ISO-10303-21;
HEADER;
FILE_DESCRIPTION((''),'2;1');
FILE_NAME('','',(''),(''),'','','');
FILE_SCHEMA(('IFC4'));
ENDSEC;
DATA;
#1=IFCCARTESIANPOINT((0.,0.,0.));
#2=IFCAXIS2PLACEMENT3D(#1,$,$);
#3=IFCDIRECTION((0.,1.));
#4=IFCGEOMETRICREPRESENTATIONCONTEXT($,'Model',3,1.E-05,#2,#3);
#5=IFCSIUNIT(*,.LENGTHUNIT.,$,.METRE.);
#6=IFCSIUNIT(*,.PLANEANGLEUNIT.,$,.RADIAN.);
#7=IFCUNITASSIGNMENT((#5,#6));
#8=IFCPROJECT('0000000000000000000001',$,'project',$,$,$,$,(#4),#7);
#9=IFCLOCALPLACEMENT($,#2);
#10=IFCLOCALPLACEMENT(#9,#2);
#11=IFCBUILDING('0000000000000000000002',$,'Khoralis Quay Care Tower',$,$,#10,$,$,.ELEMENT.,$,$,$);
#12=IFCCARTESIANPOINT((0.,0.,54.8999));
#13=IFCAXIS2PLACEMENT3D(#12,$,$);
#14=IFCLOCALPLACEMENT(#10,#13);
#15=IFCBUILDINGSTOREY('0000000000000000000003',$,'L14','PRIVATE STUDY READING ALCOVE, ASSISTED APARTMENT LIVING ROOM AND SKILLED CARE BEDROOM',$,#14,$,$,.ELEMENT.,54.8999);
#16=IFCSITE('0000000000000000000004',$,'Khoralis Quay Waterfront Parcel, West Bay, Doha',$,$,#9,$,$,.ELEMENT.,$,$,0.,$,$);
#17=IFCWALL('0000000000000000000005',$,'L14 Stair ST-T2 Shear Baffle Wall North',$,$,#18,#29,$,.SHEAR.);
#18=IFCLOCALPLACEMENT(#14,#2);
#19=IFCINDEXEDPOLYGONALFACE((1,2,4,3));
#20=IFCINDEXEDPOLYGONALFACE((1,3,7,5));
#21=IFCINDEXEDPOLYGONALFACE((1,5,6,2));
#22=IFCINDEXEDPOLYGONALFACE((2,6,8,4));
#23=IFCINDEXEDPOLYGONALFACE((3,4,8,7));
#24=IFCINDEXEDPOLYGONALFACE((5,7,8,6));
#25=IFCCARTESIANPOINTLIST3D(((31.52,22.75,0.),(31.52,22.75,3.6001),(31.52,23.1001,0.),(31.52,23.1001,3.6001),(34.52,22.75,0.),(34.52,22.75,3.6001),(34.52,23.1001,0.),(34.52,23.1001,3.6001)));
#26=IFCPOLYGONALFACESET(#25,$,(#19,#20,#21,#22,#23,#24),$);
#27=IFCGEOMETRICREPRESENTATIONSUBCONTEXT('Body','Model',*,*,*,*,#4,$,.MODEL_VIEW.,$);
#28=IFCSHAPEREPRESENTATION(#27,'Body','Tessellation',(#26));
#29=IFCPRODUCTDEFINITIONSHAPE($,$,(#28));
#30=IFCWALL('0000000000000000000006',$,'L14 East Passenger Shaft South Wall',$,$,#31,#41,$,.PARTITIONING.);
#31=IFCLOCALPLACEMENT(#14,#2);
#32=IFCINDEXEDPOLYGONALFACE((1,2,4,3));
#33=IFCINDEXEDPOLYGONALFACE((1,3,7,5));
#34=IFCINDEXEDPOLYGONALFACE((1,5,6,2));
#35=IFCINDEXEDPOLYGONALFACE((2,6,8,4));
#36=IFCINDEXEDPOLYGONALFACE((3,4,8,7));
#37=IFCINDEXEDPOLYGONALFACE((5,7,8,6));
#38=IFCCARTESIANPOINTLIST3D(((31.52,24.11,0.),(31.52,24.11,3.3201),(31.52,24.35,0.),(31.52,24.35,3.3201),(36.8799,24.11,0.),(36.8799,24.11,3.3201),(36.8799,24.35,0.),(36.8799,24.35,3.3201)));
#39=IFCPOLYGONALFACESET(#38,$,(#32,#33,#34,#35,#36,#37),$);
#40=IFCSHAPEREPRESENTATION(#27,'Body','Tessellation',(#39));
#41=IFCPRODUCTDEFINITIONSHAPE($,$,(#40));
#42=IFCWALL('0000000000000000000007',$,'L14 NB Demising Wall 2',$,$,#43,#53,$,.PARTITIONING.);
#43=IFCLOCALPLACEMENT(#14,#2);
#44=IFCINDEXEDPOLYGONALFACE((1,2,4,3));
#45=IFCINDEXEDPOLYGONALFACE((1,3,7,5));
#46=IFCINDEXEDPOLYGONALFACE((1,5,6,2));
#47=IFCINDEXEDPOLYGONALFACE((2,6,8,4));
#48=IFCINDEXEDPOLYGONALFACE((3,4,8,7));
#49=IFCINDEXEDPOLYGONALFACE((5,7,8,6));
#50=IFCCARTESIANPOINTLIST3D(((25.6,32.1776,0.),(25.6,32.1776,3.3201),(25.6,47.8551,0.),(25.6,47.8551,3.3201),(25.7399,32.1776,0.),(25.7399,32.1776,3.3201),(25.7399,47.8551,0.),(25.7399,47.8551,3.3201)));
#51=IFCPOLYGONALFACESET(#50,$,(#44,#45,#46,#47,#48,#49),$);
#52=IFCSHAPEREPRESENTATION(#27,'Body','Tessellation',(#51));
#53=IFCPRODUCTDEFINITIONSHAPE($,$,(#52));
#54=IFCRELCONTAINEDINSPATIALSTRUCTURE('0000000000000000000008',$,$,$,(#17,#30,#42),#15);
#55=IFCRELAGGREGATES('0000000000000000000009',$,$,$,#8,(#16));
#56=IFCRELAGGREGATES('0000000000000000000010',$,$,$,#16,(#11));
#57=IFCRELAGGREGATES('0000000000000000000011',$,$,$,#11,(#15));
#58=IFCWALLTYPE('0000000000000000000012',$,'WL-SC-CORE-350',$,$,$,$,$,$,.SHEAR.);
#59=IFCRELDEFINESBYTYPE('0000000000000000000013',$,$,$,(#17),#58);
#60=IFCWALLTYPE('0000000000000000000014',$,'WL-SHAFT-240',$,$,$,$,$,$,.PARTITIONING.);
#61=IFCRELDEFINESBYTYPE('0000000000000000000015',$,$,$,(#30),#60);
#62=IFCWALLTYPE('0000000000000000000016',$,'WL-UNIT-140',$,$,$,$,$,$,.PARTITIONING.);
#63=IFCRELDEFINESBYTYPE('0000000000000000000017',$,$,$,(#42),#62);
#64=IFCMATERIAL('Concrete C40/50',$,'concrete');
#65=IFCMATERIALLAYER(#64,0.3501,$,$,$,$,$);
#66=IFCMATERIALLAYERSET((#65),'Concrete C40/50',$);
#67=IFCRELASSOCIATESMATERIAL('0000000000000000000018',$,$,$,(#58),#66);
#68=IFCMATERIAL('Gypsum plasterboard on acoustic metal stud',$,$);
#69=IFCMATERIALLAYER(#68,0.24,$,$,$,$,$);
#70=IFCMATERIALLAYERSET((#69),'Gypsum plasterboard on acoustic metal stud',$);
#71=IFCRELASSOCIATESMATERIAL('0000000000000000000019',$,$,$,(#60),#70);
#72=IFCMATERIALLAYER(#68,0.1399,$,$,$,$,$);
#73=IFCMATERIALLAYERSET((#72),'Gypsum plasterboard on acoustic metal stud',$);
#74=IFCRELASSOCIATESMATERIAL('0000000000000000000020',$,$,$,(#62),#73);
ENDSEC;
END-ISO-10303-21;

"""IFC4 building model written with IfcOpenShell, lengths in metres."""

from ifc_helpers import new_model, si_unit, direction, frame, frame_2d, origin, place, context, subcontext, project, spatial, rectangle, extrude, material, layer, layer_set, type_object, element, save


model = new_model("IFC4")

# Units and contexts
model_context = context("Model", 3, precision=1e-05, world=origin(), true_north=direction((0.0, 1.0)))
body_context = subcontext(model_context, "Body", "Model", "MODEL_VIEW")
ifc_project = project(units=[si_unit("LENGTHUNIT", "METRE"), si_unit("PLANEANGLEUNIT", "RADIAN")], contexts=[model_context])

# Site, building, storey
site_placement = place(None, origin())
site = spatial("IfcSite", under=ifc_project, at=site_placement, Name="Khoralis Quay Waterfront Parcel, West Bay, Doha", CompositionType="ELEMENT", RefElevation=0.0)
building_placement = place(site_placement, origin())
building = spatial("IfcBuilding", under=site, at=building_placement, Name="Khoralis Quay Care Tower", CompositionType="ELEMENT")
storey_placement = place(building_placement, frame((0.0, 0.0, 54.8999)))
storey = spatial("IfcBuildingStorey", under=building, at=storey_placement, Name="L14", Description="PRIVATE STUDY READING ALCOVE, ASSISTED APARTMENT LIVING ROOM AND SKILLED CARE BEDROOM", CompositionType="ELEMENT", Elevation=54.8999)

# Shared definitions
ifc_material_1 = material(Name="Gypsum plasterboard on acoustic metal stud")

# Walls
ifc_material_2 = material(Name="Concrete C40/50", Category="concrete")
ifc_layer_1 = layer(ifc_material_2, 0.3501)
ifc_layer_set_1 = layer_set([ifc_layer_1], Name="Concrete C40/50")
wall_type_1 = type_object("IfcWallType", Name="WL-SC-CORE-350", PredefinedType="SHEAR", material=ifc_layer_set_1)
wall_1_placement = place(storey_placement, frame((31.52, 22.925, 0.0), z_axis=(0.0, 0.0, 1.0), x_axis=(1.0, 0.0, 0.0)))
element("IfcWall", 1, at=wall_1_placement, inside=storey, type_object=wall_type_1, Name="L14 Stair ST-T2 Shear Baffle Wall North", PredefinedType="SHEAR", context=body_context, shape_type="SweptSolid", body=[
    extrude(rectangle(XDim=3.0, YDim=0.3501, at=frame_2d((1.5, 0.0))), origin(), (0.0, 0.0, 1.0), 3.6001),
])
ifc_layer_2 = layer(ifc_material_1, 0.24)
ifc_layer_set_2 = layer_set([ifc_layer_2], Name="Gypsum plasterboard on acoustic metal stud")
wall_type_2 = type_object("IfcWallType", Name="WL-SHAFT-240", PredefinedType="PARTITIONING", material=ifc_layer_set_2)
wall_2_placement = place(storey_placement, frame((31.52, 24.23, 0.0), z_axis=(0.0, 0.0, 1.0), x_axis=(1.0, 0.0, 0.0)))
element("IfcWall", 2, at=wall_2_placement, inside=storey, type_object=wall_type_2, Name="L14 East Passenger Shaft South Wall", PredefinedType="PARTITIONING", context=body_context, shape_type="SweptSolid", body=[
    extrude(rectangle(XDim=5.3599, YDim=0.24, at=frame_2d((2.6799, 0.0))), origin(), (0.0, 0.0, 1.0), 3.3201),
])
ifc_layer_3 = layer(ifc_material_1, 0.1399)
ifc_layer_set_3 = layer_set([ifc_layer_3], Name="Gypsum plasterboard on acoustic metal stud")
wall_type_3 = type_object("IfcWallType", Name="WL-UNIT-140", PredefinedType="PARTITIONING", material=ifc_layer_set_3)
wall_3_placement = place(storey_placement, frame((25.6699, 32.1775, 0.0), z_axis=(0.0, 0.0, 1.0), x_axis=(0.0, 1.0, 0.0)))
element("IfcWall", 3, at=wall_3_placement, inside=storey, type_object=wall_type_3, Name="L14 NB Demising Wall 2", PredefinedType="PARTITIONING", context=body_context, shape_type="SweptSolid", body=[
    extrude(rectangle(XDim=15.6775, YDim=0.1399, at=frame_2d((7.8389, 0.0))), origin(), (0.0, 0.0, 1.0), 3.3201),
])

save(model, "model.ifc")
